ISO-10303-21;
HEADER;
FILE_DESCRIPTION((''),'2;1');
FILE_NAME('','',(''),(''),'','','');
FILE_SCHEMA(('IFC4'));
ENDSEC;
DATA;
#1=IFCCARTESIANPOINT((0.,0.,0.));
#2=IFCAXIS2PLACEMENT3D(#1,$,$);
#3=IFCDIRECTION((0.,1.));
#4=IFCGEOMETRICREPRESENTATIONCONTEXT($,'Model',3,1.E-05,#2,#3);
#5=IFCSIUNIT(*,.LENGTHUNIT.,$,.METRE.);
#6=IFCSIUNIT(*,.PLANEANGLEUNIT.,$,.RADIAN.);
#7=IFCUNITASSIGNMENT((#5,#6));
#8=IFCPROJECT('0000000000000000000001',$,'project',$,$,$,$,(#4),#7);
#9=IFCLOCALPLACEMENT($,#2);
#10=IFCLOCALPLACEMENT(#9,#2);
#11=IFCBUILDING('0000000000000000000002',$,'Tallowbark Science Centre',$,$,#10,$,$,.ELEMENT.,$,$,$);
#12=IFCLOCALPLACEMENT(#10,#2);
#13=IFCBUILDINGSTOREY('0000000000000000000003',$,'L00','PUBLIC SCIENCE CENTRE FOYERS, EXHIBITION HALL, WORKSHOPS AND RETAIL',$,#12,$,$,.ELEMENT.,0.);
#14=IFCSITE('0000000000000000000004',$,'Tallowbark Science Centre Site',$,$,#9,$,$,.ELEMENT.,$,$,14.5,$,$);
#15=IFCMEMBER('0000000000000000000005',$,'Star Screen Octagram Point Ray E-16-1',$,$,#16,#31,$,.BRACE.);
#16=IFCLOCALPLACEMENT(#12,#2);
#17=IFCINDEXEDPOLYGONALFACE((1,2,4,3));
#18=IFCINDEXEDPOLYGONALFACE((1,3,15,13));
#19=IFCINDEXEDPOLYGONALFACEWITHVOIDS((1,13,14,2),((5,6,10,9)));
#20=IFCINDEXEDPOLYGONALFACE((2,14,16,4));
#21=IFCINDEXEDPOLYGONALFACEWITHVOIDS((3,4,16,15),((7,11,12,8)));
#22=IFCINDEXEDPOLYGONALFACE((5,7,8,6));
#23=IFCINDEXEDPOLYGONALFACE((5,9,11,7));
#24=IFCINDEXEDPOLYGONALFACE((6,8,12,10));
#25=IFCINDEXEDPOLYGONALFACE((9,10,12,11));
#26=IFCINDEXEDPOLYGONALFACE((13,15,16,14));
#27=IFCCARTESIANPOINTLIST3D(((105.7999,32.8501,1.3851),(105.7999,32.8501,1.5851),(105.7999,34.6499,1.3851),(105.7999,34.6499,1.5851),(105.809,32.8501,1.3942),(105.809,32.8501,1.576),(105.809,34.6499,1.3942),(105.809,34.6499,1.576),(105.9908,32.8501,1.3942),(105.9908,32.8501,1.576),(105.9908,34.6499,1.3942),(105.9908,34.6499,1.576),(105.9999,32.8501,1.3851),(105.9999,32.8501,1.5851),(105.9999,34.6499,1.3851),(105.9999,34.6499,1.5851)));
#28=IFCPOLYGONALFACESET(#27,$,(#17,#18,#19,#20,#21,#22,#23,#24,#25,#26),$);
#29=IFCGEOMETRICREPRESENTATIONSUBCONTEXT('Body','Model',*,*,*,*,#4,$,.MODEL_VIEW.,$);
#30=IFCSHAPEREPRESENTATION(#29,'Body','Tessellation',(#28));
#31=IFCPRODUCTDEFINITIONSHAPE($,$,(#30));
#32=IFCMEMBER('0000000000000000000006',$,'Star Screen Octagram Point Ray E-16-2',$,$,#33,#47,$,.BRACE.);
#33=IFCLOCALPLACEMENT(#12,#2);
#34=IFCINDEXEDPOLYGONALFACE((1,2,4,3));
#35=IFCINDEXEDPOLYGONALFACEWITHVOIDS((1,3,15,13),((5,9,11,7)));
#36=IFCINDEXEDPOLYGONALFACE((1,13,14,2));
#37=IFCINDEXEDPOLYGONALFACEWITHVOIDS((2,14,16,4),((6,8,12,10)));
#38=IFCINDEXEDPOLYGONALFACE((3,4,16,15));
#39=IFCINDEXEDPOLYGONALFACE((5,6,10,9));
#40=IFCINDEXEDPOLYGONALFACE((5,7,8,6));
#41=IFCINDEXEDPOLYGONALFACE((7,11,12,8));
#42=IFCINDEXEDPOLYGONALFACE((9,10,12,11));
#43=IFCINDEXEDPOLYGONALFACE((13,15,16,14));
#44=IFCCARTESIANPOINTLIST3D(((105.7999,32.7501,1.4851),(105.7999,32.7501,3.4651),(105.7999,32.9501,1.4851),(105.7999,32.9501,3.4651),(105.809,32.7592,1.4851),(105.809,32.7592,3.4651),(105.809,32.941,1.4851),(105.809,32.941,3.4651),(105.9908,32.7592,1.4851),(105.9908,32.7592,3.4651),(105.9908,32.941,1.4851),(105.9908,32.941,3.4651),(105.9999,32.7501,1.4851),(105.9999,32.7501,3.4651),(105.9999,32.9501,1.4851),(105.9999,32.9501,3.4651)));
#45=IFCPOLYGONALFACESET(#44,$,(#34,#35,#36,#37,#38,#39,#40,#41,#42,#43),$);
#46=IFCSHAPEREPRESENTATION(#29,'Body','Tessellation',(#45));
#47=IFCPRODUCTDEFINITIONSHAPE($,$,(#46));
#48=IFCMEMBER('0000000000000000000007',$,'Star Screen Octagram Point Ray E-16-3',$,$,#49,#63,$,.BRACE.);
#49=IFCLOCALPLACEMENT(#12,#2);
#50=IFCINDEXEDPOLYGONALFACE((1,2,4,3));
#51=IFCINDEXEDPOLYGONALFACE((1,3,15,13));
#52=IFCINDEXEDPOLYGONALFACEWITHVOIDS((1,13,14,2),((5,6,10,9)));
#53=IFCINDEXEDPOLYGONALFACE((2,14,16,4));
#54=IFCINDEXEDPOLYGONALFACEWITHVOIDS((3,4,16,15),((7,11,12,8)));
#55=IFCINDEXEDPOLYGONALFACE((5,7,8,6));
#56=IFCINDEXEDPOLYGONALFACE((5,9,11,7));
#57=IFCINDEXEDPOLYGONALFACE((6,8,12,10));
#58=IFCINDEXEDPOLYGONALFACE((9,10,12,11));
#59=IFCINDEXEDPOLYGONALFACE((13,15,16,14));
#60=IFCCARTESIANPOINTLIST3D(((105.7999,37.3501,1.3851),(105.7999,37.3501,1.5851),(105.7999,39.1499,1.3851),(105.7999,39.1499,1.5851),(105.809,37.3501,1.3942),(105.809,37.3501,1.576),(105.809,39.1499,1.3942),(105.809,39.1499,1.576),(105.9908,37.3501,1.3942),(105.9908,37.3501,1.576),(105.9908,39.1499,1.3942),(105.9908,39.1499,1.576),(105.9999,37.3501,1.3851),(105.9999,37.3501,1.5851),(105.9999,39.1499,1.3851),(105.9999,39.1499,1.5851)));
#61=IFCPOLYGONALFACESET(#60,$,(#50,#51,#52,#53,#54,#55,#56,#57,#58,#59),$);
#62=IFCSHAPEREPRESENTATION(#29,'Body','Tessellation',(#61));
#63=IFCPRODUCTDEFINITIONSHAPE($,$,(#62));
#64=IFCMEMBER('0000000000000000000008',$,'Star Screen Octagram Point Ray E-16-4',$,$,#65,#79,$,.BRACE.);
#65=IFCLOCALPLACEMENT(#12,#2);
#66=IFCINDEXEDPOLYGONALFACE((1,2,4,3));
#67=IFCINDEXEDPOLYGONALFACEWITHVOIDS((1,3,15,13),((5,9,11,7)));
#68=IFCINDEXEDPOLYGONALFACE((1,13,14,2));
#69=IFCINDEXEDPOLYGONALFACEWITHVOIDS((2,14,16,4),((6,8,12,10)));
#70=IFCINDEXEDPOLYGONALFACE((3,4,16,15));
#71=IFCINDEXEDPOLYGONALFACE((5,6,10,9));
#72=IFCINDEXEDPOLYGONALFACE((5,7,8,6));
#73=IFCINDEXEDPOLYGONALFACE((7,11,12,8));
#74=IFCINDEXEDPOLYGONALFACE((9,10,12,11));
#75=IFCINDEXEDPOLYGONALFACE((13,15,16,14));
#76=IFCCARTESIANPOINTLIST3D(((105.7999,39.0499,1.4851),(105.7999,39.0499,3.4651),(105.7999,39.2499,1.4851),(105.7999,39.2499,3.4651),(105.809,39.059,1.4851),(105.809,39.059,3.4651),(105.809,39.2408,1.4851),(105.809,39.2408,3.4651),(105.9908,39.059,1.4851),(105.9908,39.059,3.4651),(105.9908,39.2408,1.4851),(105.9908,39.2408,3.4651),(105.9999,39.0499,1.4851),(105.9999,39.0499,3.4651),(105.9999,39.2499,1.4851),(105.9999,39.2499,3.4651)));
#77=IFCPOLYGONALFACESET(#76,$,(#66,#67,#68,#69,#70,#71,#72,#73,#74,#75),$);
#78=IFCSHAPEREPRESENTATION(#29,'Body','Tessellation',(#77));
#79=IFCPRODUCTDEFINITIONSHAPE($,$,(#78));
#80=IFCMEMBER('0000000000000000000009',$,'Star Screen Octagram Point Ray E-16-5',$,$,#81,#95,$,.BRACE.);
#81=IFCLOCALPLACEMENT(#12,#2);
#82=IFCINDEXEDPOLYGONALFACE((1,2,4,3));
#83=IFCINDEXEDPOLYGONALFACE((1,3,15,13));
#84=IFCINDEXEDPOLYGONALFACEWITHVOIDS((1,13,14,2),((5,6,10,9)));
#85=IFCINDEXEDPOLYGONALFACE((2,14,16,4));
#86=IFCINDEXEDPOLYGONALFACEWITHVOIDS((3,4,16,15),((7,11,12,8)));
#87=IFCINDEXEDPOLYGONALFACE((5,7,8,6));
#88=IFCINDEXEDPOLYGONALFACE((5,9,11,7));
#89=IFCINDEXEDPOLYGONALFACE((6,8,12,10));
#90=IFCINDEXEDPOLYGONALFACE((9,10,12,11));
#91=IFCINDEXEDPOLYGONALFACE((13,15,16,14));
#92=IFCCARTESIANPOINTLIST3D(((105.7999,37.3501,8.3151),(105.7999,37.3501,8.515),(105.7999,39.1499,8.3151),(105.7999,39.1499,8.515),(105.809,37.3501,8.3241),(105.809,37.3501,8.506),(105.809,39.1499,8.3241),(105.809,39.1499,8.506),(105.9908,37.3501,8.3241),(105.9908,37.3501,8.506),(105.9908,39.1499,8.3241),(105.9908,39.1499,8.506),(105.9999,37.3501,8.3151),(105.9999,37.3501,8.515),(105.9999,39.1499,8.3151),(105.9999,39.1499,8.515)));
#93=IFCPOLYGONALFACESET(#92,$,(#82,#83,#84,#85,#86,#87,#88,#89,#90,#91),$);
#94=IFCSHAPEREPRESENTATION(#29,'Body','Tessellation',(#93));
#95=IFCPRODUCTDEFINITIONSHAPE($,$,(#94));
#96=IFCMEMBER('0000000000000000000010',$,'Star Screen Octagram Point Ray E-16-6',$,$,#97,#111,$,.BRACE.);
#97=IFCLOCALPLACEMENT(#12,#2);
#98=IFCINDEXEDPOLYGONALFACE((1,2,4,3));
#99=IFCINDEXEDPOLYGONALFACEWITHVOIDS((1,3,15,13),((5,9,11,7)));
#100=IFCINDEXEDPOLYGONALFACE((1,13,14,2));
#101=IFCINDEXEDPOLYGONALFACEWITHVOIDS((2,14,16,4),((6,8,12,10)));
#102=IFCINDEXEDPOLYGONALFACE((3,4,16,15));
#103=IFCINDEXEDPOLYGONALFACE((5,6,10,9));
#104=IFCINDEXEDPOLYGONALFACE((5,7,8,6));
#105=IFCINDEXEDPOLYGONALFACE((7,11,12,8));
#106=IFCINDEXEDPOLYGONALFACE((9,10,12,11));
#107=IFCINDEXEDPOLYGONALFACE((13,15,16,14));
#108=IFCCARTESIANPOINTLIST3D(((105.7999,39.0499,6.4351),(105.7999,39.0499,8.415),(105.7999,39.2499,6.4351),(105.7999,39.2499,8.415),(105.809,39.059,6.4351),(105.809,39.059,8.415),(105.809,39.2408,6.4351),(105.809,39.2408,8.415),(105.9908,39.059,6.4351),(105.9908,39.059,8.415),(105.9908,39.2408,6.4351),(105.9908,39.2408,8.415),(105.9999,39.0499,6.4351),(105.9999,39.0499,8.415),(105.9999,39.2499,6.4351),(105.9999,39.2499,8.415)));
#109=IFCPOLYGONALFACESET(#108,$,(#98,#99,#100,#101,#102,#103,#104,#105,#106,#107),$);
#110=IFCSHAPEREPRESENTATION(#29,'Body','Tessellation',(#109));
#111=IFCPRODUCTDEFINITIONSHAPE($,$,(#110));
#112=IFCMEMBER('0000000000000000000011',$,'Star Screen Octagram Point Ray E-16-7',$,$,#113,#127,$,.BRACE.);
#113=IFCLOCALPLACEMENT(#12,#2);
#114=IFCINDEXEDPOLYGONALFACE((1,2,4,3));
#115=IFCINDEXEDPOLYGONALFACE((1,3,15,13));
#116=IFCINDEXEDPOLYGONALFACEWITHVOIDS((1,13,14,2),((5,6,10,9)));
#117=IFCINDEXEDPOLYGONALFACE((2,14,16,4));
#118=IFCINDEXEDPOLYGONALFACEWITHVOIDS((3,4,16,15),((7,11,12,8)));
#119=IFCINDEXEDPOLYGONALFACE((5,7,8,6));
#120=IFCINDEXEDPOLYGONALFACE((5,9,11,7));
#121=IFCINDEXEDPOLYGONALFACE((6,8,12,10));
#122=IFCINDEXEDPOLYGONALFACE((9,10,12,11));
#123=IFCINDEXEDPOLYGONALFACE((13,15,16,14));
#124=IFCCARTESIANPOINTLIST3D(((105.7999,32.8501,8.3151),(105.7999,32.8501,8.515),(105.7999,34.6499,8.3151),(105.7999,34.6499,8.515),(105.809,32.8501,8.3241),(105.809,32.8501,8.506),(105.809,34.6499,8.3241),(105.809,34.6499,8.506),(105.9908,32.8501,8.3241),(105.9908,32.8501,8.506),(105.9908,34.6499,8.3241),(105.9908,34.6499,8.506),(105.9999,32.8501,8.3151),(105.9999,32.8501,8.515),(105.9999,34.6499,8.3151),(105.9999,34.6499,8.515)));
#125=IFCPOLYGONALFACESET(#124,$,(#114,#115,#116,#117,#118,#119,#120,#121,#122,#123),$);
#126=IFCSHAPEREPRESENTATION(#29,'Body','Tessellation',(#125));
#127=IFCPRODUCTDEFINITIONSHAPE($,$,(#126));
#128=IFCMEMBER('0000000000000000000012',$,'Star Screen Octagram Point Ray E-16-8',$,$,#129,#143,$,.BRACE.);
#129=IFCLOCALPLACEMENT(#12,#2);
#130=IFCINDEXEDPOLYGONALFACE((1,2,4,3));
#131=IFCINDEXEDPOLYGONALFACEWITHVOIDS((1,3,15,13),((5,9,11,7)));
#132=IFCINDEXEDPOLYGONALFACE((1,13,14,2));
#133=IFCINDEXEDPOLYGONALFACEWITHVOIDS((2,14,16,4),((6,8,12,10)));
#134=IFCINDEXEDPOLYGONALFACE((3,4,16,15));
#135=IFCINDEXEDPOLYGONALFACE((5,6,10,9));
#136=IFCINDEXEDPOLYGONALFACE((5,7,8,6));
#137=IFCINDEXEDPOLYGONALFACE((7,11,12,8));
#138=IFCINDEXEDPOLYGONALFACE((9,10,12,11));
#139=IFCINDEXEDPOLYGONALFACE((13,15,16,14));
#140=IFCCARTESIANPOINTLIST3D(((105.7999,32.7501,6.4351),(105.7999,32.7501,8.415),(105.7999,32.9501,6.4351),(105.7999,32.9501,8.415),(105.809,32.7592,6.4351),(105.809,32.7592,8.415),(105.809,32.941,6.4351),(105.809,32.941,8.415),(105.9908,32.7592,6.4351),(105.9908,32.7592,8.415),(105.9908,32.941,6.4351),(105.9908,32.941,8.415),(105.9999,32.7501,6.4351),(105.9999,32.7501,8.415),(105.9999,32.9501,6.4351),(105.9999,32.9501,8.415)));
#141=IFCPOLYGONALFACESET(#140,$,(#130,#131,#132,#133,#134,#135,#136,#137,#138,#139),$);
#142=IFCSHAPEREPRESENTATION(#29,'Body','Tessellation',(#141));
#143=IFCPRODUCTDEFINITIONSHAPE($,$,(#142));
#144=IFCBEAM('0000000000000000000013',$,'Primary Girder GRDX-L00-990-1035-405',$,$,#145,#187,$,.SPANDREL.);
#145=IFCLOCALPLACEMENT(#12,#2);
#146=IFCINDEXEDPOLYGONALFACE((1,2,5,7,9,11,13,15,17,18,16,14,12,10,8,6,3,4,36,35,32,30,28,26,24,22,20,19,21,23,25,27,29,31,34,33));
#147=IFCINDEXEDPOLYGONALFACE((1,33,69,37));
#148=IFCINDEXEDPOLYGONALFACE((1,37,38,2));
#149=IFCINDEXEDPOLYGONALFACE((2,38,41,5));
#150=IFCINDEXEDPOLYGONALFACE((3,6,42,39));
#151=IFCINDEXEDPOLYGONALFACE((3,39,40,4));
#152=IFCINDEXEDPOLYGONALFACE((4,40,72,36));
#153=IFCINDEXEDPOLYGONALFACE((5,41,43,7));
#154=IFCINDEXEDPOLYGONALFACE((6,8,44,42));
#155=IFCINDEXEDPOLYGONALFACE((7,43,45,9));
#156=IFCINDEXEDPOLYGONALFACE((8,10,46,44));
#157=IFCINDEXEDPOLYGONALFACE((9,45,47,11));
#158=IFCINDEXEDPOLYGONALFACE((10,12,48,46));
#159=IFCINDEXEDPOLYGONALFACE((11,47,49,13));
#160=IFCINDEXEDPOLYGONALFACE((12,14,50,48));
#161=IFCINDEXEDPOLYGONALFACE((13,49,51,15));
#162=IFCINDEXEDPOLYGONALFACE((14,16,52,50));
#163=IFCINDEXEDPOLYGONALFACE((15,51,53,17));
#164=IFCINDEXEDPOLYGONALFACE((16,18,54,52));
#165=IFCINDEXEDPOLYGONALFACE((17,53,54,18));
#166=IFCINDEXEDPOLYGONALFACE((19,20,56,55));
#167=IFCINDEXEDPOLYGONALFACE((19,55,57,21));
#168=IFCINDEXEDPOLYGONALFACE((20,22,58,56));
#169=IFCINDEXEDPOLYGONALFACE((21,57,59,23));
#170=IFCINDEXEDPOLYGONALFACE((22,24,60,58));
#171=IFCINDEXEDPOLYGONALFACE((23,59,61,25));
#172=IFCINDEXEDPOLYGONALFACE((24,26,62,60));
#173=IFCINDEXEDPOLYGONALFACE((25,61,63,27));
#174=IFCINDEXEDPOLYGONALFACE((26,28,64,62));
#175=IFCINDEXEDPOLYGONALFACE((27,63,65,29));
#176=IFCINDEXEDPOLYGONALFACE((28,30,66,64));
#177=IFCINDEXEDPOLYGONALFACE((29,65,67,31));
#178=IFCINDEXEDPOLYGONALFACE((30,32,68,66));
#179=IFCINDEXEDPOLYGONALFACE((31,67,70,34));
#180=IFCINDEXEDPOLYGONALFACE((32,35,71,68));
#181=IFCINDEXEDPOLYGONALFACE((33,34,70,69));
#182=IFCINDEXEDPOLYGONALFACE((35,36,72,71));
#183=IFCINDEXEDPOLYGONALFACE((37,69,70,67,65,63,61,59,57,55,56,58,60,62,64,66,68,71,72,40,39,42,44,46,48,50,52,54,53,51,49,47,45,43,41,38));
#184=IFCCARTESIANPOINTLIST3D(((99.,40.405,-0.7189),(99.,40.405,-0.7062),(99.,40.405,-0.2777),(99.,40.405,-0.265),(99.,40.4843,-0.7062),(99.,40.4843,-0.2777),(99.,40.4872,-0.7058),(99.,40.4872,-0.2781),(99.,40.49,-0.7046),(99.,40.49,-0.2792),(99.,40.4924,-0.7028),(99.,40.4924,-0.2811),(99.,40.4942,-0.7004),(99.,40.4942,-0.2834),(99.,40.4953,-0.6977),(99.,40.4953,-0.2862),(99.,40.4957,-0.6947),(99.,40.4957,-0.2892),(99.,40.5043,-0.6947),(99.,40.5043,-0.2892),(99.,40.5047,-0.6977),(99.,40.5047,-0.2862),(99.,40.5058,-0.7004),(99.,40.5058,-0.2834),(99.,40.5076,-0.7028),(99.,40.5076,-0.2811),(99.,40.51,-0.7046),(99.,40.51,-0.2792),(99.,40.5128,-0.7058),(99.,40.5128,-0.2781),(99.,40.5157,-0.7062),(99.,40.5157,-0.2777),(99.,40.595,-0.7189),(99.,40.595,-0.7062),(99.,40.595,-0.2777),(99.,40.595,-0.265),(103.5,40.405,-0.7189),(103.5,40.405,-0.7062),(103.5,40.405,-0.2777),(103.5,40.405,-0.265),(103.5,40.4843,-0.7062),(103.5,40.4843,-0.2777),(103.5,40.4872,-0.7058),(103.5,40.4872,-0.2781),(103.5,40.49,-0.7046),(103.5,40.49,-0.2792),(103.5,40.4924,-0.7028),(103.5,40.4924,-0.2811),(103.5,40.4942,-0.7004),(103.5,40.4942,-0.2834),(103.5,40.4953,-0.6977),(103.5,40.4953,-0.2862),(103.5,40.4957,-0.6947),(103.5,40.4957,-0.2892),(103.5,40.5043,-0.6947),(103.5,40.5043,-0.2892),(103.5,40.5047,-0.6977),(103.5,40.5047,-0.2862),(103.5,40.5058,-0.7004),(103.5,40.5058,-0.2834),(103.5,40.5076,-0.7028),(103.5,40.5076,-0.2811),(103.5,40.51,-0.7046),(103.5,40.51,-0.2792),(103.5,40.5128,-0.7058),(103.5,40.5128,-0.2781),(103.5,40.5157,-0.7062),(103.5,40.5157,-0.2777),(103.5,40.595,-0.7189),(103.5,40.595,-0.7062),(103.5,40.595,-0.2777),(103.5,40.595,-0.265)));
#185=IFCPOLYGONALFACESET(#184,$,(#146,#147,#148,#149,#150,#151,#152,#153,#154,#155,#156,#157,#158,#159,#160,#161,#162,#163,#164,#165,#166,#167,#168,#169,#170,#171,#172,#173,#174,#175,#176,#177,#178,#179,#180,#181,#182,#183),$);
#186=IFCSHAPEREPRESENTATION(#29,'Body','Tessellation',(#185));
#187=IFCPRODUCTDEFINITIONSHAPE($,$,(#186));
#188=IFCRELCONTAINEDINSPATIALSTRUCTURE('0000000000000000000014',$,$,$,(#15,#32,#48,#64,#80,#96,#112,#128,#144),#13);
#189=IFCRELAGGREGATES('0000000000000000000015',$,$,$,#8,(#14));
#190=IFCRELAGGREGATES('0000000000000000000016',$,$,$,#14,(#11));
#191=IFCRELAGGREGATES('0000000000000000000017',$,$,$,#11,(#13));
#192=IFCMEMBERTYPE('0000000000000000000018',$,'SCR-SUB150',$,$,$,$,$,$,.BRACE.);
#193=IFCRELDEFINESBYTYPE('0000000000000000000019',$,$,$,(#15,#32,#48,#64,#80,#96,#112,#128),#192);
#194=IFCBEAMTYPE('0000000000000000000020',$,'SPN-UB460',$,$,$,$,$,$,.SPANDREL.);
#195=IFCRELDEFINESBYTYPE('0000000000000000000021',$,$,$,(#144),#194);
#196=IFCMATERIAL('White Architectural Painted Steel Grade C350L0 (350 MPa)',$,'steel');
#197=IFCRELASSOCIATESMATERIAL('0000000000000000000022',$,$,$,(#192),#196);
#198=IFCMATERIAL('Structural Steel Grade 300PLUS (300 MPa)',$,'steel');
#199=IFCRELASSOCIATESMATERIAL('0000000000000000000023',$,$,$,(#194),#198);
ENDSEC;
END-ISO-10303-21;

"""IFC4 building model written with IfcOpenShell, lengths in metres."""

from ifc_helpers import new_model, si_unit, direction, frame, origin, origin_2d, place, context, subcontext, project, spatial, hollow_rectangle, i_section, extrude, material, material_profile, profile_set, type_object, element, save


model = new_model("IFC4")

# Units and contexts
model_context = context("Model", 3, precision=1e-05, world=origin(), true_north=direction((0.0, 1.0)))
body_context = subcontext(model_context, "Body", "Model", "MODEL_VIEW")
ifc_project = project(units=[si_unit("LENGTHUNIT", "METRE"), si_unit("PLANEANGLEUNIT", "RADIAN")], contexts=[model_context])

# Site, building, storey
site_placement = place(None, origin())
site = spatial("IfcSite", under=ifc_project, at=site_placement, Name="Tallowbark Science Centre Site", CompositionType="ELEMENT", RefElevation=14.5)
building_placement = place(site_placement, origin())
building = spatial("IfcBuilding", under=site, at=building_placement, Name="Tallowbark Science Centre", CompositionType="ELEMENT")
storey_placement = place(building_placement, origin())
storey = spatial("IfcBuildingStorey", under=building, at=storey_placement, Name="L00", Description="PUBLIC SCIENCE CENTRE FOYERS, EXHIBITION HALL, WORKSHOPS AND RETAIL", CompositionType="ELEMENT", Elevation=0.0)

# Shared definitions
ifc_material_1 = material(Name="Structural Steel Grade 300PLUS (300 MPa)", Category="steel")

# Members
ifc_material_2 = material(Name="White Architectural Painted Steel Grade C350L0 (350 MPa)", Category="steel")
ifc_material_profile_1 = material_profile(ifc_material_2, hollow_rectangle(XDim=0.2, YDim=0.2, WallThickness=0.009, at=origin_2d()), Name="200x200x9.0SHS")
ifc_profile_set_1 = profile_set([ifc_material_profile_1], Name="White Architectural Painted Steel Grade C350L0 (350 MPa)")
member_type_1 = type_object("IfcMemberType", Name="SCR-SUB150", PredefinedType="BRACE", material=ifc_profile_set_1)
member_1_placement = place(storey_placement, frame((105.8999, 32.8501, 1.4851), z_axis=(0.0, 1.0, 0.0), x_axis=(-1.0, 0.0, 0.0)))
element("IfcMember", 1, at=member_1_placement, inside=storey, type_object=member_type_1, Name="Star Screen Octagram Point Ray E-16-1", PredefinedType="BRACE", context=body_context, shape_type="SweptSolid", body=[
    extrude(hollow_rectangle(XDim=0.2, YDim=0.2, WallThickness=0.009, at=origin_2d()), origin(), (0.0, 0.0, 1.0), 1.7998),
])
member_2_placement = place(storey_placement, frame((105.8999, 32.8501, 1.4851), z_axis=(0.0, 0.0, 1.0), x_axis=(1.0, 0.0, 0.0)))
element("IfcMember", 2, at=member_2_placement, inside=storey, type_object=member_type_1, Name="Star Screen Octagram Point Ray E-16-2", PredefinedType="BRACE", context=body_context, shape_type="SweptSolid", body=[
    extrude(hollow_rectangle(XDim=0.2, YDim=0.2, WallThickness=0.009, at=origin_2d()), origin(), (0.0, 0.0, 1.0), 1.98),
])
member_3_placement = place(storey_placement, frame((105.8999, 39.1499, 1.4851), z_axis=(0.0, -1.0, 0.0), x_axis=(1.0, 0.0, 0.0)))
element("IfcMember", 3, at=member_3_placement, inside=storey, type_object=member_type_1, Name="Star Screen Octagram Point Ray E-16-3", PredefinedType="BRACE", context=body_context, shape_type="SweptSolid", body=[
    extrude(hollow_rectangle(XDim=0.2, YDim=0.2, WallThickness=0.009, at=origin_2d()), origin(), (0.0, 0.0, 1.0), 1.7998),
])
member_4_placement = place(storey_placement, frame((105.8999, 39.1499, 1.4851), z_axis=(0.0, 0.0, 1.0), x_axis=(1.0, 0.0, 0.0)))
element("IfcMember", 4, at=member_4_placement, inside=storey, type_object=member_type_1, Name="Star Screen Octagram Point Ray E-16-4", PredefinedType="BRACE", context=body_context, shape_type="SweptSolid", body=[
    extrude(hollow_rectangle(XDim=0.2, YDim=0.2, WallThickness=0.009, at=origin_2d()), origin(), (0.0, 0.0, 1.0), 1.98),
])
member_5_placement = place(storey_placement, frame((105.8999, 39.1499, 8.415), z_axis=(0.0, -1.0, 0.0), x_axis=(1.0, 0.0, 0.0)))
element("IfcMember", 5, at=member_5_placement, inside=storey, type_object=member_type_1, Name="Star Screen Octagram Point Ray E-16-5", PredefinedType="BRACE", context=body_context, shape_type="SweptSolid", body=[
    extrude(hollow_rectangle(XDim=0.2, YDim=0.2, WallThickness=0.009, at=origin_2d()), origin(), (0.0, 0.0, 1.0), 1.7998),
])
member_6_placement = place(storey_placement, frame((105.8999, 39.1499, 8.415), z_axis=(0.0, 0.0, -1.0), x_axis=(1.0, 0.0, 0.0)))
element("IfcMember", 6, at=member_6_placement, inside=storey, type_object=member_type_1, Name="Star Screen Octagram Point Ray E-16-6", PredefinedType="BRACE", context=body_context, shape_type="SweptSolid", body=[
    extrude(hollow_rectangle(XDim=0.2, YDim=0.2, WallThickness=0.009, at=origin_2d()), origin(), (0.0, 0.0, 1.0), 1.98),
])
member_7_placement = place(storey_placement, frame((105.8999, 32.8501, 8.415), z_axis=(0.0, 1.0, 0.0), x_axis=(-1.0, 0.0, 0.0)))
element("IfcMember", 7, at=member_7_placement, inside=storey, type_object=member_type_1, Name="Star Screen Octagram Point Ray E-16-7", PredefinedType="BRACE", context=body_context, shape_type="SweptSolid", body=[
    extrude(hollow_rectangle(XDim=0.2, YDim=0.2, WallThickness=0.009, at=origin_2d()), origin(), (0.0, 0.0, 1.0), 1.7998),
])
member_8_placement = place(storey_placement, frame((105.8999, 32.8501, 8.415), z_axis=(0.0, 0.0, -1.0), x_axis=(1.0, 0.0, 0.0)))
element("IfcMember", 8, at=member_8_placement, inside=storey, type_object=member_type_1, Name="Star Screen Octagram Point Ray E-16-8", PredefinedType="BRACE", context=body_context, shape_type="SweptSolid", body=[
    extrude(hollow_rectangle(XDim=0.2, YDim=0.2, WallThickness=0.009, at=origin_2d()), origin(), (0.0, 0.0, 1.0), 1.98),
])

# Beam
ifc_material_profile_2 = material_profile(ifc_material_1, i_section(OverallWidth=0.1899, OverallDepth=0.4539, WebThickness=0.0085, FlangeThickness=0.0127, FilletRadius=0.0115, at=origin_2d()), Name="460UB67.1")
ifc_profile_set_2 = profile_set([ifc_material_profile_2], Name="Structural Steel Grade 300PLUS (300 MPa)")
beam_type_1 = type_object("IfcBeamType", Name="SPN-UB460", PredefinedType="SPANDREL", material=ifc_profile_set_2)
beam_1_placement = place(storey_placement, frame((99.0, 40.5, -0.4919), z_axis=(1.0, 0.0, 0.0), x_axis=(0.0, 1.0, 0.0)))
element("IfcBeam", 9, at=beam_1_placement, inside=storey, type_object=beam_type_1, Name="Primary Girder GRDX-L00-990-1035-405", PredefinedType="SPANDREL", context=body_context, shape_type="SweptSolid", body=[
    extrude(i_section(OverallWidth=0.1899, OverallDepth=0.4539, WebThickness=0.0085, FlangeThickness=0.0127, FilletRadius=0.0115, at=origin_2d()), origin(), (0.0, 0.0, 1.0), 4.5),
])

save(model, "model.ifc")
